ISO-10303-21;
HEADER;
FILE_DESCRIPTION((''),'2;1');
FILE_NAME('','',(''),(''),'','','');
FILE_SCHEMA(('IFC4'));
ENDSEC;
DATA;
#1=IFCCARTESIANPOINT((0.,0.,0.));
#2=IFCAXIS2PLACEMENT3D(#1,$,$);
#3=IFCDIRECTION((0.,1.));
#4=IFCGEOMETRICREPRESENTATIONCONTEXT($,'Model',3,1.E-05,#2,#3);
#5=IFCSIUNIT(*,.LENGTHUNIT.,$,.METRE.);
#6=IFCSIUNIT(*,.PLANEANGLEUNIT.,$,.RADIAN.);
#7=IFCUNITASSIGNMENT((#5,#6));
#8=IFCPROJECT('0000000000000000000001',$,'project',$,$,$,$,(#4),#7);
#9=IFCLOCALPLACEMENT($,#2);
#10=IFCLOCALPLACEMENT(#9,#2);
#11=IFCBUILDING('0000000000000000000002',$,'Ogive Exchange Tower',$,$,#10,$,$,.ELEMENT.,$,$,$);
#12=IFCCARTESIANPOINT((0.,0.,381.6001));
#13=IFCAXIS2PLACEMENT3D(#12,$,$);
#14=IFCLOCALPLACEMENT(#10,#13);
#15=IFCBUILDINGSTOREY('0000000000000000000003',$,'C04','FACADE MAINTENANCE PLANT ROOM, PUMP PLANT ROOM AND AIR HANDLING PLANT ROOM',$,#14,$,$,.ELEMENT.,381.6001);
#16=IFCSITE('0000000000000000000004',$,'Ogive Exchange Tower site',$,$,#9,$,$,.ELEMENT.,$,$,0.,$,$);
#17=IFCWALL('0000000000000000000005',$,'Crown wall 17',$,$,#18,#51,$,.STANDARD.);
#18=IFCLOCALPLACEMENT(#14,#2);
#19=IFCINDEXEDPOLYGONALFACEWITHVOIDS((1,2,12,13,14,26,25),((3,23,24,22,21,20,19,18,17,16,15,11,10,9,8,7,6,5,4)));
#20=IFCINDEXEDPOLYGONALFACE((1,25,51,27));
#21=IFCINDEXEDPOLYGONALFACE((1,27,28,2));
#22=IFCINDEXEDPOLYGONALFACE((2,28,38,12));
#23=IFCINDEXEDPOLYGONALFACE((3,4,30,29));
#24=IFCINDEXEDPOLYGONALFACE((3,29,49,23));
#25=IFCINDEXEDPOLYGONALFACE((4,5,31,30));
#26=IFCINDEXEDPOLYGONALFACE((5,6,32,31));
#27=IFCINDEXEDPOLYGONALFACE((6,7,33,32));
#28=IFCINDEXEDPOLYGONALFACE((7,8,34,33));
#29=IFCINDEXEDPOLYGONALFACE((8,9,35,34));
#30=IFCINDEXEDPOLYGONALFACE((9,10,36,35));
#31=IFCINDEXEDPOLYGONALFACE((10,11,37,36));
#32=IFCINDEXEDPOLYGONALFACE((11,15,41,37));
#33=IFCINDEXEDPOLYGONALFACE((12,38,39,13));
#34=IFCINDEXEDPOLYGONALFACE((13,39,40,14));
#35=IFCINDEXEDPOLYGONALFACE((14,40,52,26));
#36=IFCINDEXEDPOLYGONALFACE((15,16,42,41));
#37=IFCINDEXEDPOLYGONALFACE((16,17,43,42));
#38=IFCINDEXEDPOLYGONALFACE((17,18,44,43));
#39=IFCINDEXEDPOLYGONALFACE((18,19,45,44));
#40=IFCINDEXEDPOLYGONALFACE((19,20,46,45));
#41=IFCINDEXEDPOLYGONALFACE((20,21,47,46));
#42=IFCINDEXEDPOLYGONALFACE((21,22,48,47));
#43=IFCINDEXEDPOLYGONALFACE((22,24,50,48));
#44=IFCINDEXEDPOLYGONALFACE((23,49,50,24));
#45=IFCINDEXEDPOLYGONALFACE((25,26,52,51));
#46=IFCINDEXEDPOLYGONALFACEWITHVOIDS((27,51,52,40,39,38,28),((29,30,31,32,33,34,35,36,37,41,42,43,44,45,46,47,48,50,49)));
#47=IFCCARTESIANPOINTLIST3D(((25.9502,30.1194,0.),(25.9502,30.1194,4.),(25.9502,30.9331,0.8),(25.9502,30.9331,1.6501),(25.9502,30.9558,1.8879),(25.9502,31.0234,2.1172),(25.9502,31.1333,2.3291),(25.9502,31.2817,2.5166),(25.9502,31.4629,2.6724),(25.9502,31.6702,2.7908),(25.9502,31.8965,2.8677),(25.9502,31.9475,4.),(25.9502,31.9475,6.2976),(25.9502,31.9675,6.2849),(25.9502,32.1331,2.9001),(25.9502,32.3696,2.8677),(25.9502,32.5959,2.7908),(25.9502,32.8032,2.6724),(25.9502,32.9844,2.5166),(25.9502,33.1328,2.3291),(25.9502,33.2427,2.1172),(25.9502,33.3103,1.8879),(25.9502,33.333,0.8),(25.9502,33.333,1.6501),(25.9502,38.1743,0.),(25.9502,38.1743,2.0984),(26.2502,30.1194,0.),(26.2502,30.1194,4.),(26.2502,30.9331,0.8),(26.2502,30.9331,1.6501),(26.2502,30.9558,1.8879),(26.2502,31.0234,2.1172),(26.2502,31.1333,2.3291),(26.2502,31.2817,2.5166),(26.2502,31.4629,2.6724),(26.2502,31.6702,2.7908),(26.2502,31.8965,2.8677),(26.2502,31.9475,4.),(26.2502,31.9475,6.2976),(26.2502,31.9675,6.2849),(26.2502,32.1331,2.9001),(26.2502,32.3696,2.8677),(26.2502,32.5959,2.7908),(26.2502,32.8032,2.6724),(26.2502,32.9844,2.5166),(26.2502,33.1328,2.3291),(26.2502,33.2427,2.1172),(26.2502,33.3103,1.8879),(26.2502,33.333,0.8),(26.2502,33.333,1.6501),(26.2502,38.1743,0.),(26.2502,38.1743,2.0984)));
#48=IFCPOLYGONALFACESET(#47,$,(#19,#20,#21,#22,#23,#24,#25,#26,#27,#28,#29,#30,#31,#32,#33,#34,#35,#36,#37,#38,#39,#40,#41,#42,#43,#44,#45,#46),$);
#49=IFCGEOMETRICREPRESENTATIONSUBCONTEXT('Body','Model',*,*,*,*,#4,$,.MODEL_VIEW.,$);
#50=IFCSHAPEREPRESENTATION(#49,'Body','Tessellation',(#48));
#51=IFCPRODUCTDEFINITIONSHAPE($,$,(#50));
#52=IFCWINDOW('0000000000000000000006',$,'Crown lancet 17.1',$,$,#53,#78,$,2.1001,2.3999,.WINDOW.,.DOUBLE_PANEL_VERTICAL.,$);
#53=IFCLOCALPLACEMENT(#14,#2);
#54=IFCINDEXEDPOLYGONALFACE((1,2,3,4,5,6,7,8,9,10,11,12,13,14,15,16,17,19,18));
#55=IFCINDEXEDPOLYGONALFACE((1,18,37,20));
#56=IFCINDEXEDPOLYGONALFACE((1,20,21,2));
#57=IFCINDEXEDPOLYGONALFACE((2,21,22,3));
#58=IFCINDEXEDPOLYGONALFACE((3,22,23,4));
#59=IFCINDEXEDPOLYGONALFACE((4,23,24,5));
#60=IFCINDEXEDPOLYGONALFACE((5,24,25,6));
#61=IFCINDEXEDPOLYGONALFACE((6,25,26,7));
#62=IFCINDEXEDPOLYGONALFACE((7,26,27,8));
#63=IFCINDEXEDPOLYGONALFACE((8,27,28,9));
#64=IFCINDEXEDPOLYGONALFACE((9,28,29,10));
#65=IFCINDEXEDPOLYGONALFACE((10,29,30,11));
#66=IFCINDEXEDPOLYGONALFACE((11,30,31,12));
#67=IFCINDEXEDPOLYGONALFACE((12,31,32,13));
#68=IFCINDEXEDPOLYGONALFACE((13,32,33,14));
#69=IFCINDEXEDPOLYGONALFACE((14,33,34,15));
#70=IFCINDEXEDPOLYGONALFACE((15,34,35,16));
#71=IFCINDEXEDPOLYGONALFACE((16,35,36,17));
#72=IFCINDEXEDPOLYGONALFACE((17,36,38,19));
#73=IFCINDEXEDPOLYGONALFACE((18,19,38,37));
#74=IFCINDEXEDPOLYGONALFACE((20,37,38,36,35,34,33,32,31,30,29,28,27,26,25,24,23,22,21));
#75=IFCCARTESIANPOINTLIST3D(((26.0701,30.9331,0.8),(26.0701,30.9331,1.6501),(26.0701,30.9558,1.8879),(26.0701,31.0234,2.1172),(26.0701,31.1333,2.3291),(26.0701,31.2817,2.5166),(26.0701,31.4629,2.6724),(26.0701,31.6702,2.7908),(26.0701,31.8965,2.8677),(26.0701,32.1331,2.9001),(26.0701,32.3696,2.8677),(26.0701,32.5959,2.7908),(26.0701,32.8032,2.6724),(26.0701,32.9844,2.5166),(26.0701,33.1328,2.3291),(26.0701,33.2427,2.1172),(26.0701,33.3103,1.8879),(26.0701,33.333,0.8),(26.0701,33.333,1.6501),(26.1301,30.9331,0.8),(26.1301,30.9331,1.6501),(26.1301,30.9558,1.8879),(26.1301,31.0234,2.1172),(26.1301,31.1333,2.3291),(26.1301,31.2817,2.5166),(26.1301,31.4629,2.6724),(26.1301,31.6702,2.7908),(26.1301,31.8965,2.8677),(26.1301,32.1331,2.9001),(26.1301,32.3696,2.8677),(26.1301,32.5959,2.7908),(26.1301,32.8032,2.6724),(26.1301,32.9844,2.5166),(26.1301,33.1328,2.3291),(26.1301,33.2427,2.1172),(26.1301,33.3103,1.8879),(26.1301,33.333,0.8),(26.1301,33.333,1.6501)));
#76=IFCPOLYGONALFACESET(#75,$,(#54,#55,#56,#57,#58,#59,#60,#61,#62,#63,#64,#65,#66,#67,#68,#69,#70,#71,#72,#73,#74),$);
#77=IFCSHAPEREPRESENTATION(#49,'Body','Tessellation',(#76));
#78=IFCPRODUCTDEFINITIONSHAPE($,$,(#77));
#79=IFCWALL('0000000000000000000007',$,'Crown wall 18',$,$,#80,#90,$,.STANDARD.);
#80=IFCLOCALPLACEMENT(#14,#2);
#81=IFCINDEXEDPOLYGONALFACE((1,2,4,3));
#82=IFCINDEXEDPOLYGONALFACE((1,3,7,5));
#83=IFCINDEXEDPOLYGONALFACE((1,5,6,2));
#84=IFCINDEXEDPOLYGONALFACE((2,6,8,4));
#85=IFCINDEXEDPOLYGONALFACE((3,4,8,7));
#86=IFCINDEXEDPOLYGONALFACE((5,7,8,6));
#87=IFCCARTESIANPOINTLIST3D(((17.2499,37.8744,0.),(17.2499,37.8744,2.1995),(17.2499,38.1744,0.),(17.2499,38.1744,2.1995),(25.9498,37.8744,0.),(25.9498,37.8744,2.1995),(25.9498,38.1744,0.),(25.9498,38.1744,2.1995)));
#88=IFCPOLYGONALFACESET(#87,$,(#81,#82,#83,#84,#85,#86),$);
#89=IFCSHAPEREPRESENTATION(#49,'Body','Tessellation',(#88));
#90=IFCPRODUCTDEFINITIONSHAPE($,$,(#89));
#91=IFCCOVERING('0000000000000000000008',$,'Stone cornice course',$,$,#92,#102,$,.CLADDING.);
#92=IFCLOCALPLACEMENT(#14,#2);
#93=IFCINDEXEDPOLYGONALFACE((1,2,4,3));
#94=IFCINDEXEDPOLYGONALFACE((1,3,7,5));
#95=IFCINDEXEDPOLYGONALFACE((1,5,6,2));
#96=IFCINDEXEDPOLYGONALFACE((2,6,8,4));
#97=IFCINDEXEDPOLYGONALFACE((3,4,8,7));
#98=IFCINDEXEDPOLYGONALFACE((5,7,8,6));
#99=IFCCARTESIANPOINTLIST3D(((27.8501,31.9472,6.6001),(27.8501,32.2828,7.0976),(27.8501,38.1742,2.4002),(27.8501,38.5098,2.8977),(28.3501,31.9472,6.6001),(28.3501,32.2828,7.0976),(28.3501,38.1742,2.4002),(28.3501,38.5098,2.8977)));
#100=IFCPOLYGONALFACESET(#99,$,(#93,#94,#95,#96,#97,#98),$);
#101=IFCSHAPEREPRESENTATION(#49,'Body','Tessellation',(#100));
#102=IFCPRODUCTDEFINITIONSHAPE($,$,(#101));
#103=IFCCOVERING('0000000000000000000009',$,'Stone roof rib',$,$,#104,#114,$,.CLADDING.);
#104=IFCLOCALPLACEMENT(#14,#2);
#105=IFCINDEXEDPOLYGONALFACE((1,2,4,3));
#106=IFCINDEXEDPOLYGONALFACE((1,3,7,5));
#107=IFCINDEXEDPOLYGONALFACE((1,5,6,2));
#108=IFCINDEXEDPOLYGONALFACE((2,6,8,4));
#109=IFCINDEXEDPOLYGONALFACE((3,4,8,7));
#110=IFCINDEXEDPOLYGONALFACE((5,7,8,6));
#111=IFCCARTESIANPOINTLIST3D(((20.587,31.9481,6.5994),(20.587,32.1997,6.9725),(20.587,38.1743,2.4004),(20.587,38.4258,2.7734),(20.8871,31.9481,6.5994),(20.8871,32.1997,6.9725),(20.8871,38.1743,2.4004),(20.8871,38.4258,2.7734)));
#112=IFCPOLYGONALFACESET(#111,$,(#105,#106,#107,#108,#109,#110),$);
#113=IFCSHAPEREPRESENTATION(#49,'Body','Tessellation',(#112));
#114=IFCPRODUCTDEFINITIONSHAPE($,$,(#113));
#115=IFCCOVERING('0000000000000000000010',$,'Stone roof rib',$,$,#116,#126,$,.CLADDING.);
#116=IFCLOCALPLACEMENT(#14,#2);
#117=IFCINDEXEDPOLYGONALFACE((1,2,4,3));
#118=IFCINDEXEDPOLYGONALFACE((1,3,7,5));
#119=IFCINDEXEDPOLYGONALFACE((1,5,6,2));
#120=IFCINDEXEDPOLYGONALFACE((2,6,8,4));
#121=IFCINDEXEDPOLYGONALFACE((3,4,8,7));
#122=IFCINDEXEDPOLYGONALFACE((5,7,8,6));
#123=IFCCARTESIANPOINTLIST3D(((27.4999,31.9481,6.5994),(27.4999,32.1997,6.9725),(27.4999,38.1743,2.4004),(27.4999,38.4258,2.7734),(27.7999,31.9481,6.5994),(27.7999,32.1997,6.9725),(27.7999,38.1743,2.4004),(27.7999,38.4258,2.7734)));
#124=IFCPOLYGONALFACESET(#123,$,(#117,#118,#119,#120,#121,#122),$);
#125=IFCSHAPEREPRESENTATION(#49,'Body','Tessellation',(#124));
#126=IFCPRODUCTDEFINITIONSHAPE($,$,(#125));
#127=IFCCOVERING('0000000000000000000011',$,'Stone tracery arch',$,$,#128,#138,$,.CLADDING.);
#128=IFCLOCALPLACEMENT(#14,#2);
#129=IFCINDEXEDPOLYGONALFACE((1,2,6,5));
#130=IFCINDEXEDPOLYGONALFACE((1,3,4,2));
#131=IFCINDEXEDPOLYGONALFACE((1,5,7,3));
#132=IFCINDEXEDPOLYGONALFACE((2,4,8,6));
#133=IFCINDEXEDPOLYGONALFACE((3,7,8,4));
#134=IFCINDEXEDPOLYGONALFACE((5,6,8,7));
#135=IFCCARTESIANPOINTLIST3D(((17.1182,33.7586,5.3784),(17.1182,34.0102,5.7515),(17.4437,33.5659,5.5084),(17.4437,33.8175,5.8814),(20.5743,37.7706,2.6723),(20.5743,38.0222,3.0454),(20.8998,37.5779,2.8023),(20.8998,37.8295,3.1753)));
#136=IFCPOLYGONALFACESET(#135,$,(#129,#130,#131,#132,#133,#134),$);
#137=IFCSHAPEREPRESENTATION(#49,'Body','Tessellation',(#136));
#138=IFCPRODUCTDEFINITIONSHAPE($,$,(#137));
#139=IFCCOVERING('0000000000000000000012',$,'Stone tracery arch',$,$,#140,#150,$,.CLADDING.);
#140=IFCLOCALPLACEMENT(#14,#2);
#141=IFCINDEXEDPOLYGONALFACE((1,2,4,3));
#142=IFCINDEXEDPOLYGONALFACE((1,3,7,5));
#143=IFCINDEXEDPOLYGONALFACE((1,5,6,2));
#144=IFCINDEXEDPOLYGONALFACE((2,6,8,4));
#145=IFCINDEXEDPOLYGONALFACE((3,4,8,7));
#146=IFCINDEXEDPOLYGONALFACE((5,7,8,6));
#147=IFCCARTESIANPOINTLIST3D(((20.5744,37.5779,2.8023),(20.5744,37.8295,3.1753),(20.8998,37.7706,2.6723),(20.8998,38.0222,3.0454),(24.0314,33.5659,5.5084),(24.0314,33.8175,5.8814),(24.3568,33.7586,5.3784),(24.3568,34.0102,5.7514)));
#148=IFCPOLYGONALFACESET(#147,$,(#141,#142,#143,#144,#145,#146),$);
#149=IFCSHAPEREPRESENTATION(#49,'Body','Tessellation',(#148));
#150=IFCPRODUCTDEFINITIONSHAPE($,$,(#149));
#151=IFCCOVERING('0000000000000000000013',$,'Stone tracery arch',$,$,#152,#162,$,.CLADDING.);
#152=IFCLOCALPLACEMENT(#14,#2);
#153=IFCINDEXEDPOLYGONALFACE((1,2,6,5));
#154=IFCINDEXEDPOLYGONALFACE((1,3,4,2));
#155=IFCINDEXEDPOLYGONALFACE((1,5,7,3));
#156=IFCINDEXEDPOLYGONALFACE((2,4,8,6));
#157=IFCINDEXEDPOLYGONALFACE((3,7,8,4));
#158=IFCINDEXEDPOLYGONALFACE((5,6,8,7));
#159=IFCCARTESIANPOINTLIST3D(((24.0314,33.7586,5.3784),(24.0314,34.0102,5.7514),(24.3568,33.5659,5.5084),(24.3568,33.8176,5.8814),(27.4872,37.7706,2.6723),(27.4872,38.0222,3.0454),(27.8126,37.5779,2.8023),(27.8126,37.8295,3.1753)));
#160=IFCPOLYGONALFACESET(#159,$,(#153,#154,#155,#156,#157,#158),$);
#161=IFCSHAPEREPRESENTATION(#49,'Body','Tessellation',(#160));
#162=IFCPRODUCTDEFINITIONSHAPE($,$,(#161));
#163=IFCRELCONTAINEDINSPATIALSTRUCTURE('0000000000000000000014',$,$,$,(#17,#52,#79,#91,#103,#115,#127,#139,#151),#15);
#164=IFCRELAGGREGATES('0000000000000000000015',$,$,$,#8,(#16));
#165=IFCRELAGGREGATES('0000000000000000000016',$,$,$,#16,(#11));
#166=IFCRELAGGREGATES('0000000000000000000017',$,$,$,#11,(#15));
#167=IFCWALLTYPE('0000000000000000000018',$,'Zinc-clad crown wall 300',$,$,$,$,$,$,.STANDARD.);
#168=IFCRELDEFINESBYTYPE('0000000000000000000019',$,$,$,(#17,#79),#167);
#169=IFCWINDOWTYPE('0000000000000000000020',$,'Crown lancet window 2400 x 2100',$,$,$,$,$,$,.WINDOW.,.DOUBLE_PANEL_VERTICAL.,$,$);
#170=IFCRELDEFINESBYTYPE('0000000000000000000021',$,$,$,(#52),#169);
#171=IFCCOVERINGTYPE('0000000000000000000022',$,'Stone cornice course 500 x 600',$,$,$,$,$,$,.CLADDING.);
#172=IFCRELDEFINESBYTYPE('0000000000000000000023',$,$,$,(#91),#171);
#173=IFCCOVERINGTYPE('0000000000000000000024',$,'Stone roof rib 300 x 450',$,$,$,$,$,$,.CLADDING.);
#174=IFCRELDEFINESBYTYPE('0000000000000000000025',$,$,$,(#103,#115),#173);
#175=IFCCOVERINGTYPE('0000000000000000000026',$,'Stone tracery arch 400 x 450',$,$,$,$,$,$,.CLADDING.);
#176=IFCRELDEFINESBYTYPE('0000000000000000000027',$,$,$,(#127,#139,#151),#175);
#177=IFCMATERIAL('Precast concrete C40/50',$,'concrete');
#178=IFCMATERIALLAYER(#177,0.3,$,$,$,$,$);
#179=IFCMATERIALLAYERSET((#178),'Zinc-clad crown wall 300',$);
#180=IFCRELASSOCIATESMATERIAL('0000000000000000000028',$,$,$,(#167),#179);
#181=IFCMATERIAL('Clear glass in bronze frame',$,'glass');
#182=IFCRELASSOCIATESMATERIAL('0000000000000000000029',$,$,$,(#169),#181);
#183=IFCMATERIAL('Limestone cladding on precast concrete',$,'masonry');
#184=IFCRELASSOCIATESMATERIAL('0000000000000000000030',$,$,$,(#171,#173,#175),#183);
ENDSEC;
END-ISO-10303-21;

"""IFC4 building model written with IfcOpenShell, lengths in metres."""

from ifc_helpers import new_model, si_unit, direction, frame, frame_2d, origin, origin_2d, place, context, subcontext, project, spatial, polyline, rectangle, outline, extrude, material, layer, layer_set, material_profile, profile_set, type_object, element, fill, save


model = new_model("IFC4")

# Units and contexts
model_context = context("Model", 3, precision=1e-05, world=origin(), true_north=direction((0.0, 1.0)))
body_context = subcontext(model_context, "Body", "Model", "MODEL_VIEW")
ifc_project = project(units=[si_unit("LENGTHUNIT", "METRE"), si_unit("PLANEANGLEUNIT", "RADIAN")], contexts=[model_context])

# Site, building, storey
site_placement = place(None, origin())
site = spatial("IfcSite", under=ifc_project, at=site_placement, Name="Ogive Exchange Tower site", CompositionType="ELEMENT", RefElevation=0.0)
building_placement = place(site_placement, origin())
building = spatial("IfcBuilding", under=site, at=building_placement, Name="Ogive Exchange Tower", CompositionType="ELEMENT")
storey_placement = place(building_placement, frame((0.0, 0.0, 381.6001)))
storey = spatial("IfcBuildingStorey", under=building, at=storey_placement, Name="C04", Description="FACADE MAINTENANCE PLANT ROOM, PUMP PLANT ROOM AND AIR HANDLING PLANT ROOM", CompositionType="ELEMENT", Elevation=381.6001)

# Wall, opening, window
ifc_material_1 = material(Name="Precast concrete C40/50", Category="concrete")
ifc_layer_1 = layer(ifc_material_1, 0.3)
ifc_layer_set_1 = layer_set([ifc_layer_1], Name="Zinc-clad crown wall 300")
wall_type_1 = type_object("IfcWallType", Name="Zinc-clad crown wall 300", PredefinedType="STANDARD", material=ifc_layer_set_1)
wall_1_placement = place(storey_placement, frame((26.1001, 30.1194, 0.0), z_axis=(0.0, 0.0, 1.0), x_axis=(0.0, 1.0, 0.0)))
wall_1 = element("IfcWall", 1, at=wall_1_placement, inside=storey, type_object=wall_type_1, Name="Crown wall 17", PredefinedType="STANDARD", context=body_context, shape_type="SweptSolid", body=[
    extrude(outline(polyline([(0.0, 0.0), (8.0549, 0.0), (8.0549, 2.0984), (5.2356, 4.0), (1.8481, 6.2849), (1.8281, 6.2976), (1.8281, 4.0), (0.0, 4.0), (0.0, 0.0)])), frame((0.0, 0.1499, 0.0), z_axis=(0.0, -1.0, 0.0), x_axis=(1.0, 0.0, 0.0)), (0.0, 0.0, 1.0), 0.3),
])
opening_1_placement = place(wall_1_placement, frame((0.8137, 0.0, 0.8)))
opening_1 = element("IfcOpeningElement", 2, at=opening_1_placement, cuts=wall_1, PredefinedType="OPENING", context=body_context, shape_type="SweptSolid", body=[
    extrude(outline(polyline([(0.0, 0.0), (2.3999, 0.0), (2.3999, 0.8501), (2.3772, 1.0879), (2.3096, 1.3171), (2.1997, 1.5291), (2.0513, 1.7166), (1.8701, 1.8723), (1.6628, 1.9907), (1.4365, 2.0676), (1.2, 2.1001), (0.9634, 2.0676), (0.7371, 1.9907), (0.5298, 1.8723), (0.3486, 1.7166), (0.2002, 1.5291), (0.0903, 1.3171), (0.0227, 1.0879), (0.0, 0.8501), (0.0, 0.0)])), frame((0.0, 0.1599, 0.0), z_axis=(0.0, -1.0, 0.0), x_axis=(1.0, 0.0, 0.0)), (0.0, 0.0, 1.0), 0.3201),
])
ifc_material_2 = material(Name="Clear glass in bronze frame", Category="glass")
window_type = type_object("IfcWindowType", Name="Crown lancet window 2400 x 2100", PartitioningType="DOUBLE_PANEL_VERTICAL", PredefinedType="WINDOW", material=ifc_material_2)
window_placement = place(opening_1_placement, origin())
window = element("IfcWindow", 3, at=window_placement, inside=storey, type_object=window_type, Name="Crown lancet 17.1", OverallHeight=2.1001, OverallWidth=2.3999, PartitioningType="DOUBLE_PANEL_VERTICAL", PredefinedType="WINDOW", context=body_context, shape_type="SweptSolid", body=[
    extrude(outline(polyline([(0.0, 0.0), (2.3999, 0.0), (2.3999, 0.8501), (2.3772, 1.0879), (2.3096, 1.3171), (2.1997, 1.5291), (2.0513, 1.7166), (1.8701, 1.8723), (1.6628, 1.9907), (1.4365, 2.0676), (1.2, 2.1001), (0.9634, 2.0676), (0.7371, 1.9907), (0.5298, 1.8723), (0.3486, 1.7166), (0.2002, 1.5291), (0.0903, 1.3171), (0.0227, 1.0879), (0.0, 0.8501), (0.0, 0.0)])), frame((0.0, 0.03, 0.0), z_axis=(0.0, -1.0, 0.0), x_axis=(1.0, 0.0, 0.0)), (0.0, 0.0, 1.0), 0.0601),
])
fill(opening_1, window)

# Wall
wall_2_placement = place(storey_placement, frame((25.95, 38.0244, 0.0), z_axis=(0.0, 0.0, 1.0), x_axis=(-1.0, 0.0, 0.0)))
element("IfcWall", 4, at=wall_2_placement, inside=storey, type_object=wall_type_1, Name="Crown wall 18", PredefinedType="STANDARD", context=body_context, shape_type="SweptSolid", body=[
    extrude(rectangle(XDim=8.7, YDim=0.3, at=frame_2d((4.3501, 0.0))), origin(), (0.0, 0.0, 1.0), 2.1995),
])

# Coverings
ifc_material_3 = material(Name="Limestone cladding on precast concrete", Category="masonry")
ifc_material_profile_1 = material_profile(ifc_material_3, rectangle(XDim=0.5, YDim=0.6001, at=origin_2d()), Name="CORNICE 500 x 600")
ifc_profile_set_1 = profile_set([ifc_material_profile_1], Name="Limestone cladding on precast concrete")
covering_type_1 = type_object("IfcCoveringType", Name="Stone cornice course 500 x 600", PredefinedType="CLADDING", material=ifc_profile_set_1)
covering_1_placement = place(storey_placement, frame((28.1001, 32.115, 6.8489), z_axis=(0.0, 0.829053, -0.55917), x_axis=(-1.0, 0.0, 0.0)))
element("IfcCovering", 5, at=covering_1_placement, inside=storey, type_object=covering_type_1, Name="Stone cornice course", PredefinedType="CLADDING", context=body_context, shape_type="SweptSolid", body=[
    extrude(rectangle(XDim=0.5, YDim=0.6001, at=origin_2d()), origin(), (0.0, 0.0, 1.0), 7.511),
])
ifc_material_profile_2 = material_profile(ifc_material_3, rectangle(XDim=0.3, YDim=0.45, at=origin_2d()), Name="RIB 300 x 450")
ifc_profile_set_2 = profile_set([ifc_material_profile_2], Name="Limestone cladding on precast concrete")
covering_type_2 = type_object("IfcCoveringType", Name="Stone roof rib 300 x 450", PredefinedType="CLADDING", material=ifc_profile_set_2)
for number, where, z_axis, x_axis, name in (
    (6, (20.7371, 38.3, 2.5869), (0.0, -0.829072, 0.559141), (1.0, 0.0, 0.0), "Stone roof rib"),
    (7, (27.6499, 38.3, 2.5869), (0.0, -0.829072, 0.559141), (1.0, 0.0, 0.0), "Stone roof rib"),
):
    element("IfcCovering", number, at=place(storey_placement, frame(where, z_axis=z_axis, x_axis=x_axis)), inside=storey, type_object=covering_type_2, Name=name, PredefinedType="CLADDING", context=body_context, shape_type="SweptSolid", body=[
        extrude(rectangle(XDim=0.3, YDim=0.45, at=origin_2d()), origin(), (0.0, 0.0, 1.0), 7.5098),
    ])
ifc_material_profile_3 = material_profile(ifc_material_3, rectangle(XDim=0.3999, YDim=0.45, at=origin_2d()), Name="TRACERY 400 x 450")
ifc_profile_set_3 = profile_set([ifc_material_profile_3], Name="Limestone cladding on precast concrete")
covering_type_3 = type_object("IfcCoveringType", Name="Stone tracery arch 400 x 450", PredefinedType="CLADDING", material=ifc_profile_set_3)
covering_2_placement = place(storey_placement, frame((20.7371, 37.8, 2.9238), z_axis=(-0.581175, -0.674657, 0.455054), x_axis=(0.813779, -0.48182, 0.324982)))
element("IfcCovering", 8, at=covering_2_placement, inside=storey, type_object=covering_type_3, Name="Stone tracery arch", PredefinedType="CLADDING", context=body_context, shape_type="SweptSolid", body=[
    extrude(rectangle(XDim=0.3999, YDim=0.45, at=origin_2d()), origin(), (0.0, 0.0, 1.0), 5.9468),
])
covering_3_placement = place(storey_placement, frame((20.7371, 37.8, 2.9238), z_axis=(0.581283, -0.674593, 0.45501), x_axis=(0.813701, 0.481926, -0.325019)))
element("IfcCovering", 9, at=covering_3_placement, inside=storey, type_object=covering_type_3, Name="Stone tracery arch", PredefinedType="CLADDING", context=body_context, shape_type="SweptSolid", body=[
    extrude(rectangle(XDim=0.3999, YDim=0.45, at=origin_2d()), origin(), (0.0, 0.0, 1.0), 5.9473),
])
covering_4_placement = place(storey_placement, frame((27.6499, 37.8, 2.9238), z_axis=(-0.581148, -0.674673, 0.455065), x_axis=(0.813798, -0.481769, 0.325009)))
element("IfcCovering", 10, at=covering_4_placement, inside=storey, type_object=covering_type_3, Name="Stone tracery arch", PredefinedType="CLADDING", context=body_context, shape_type="SweptSolid", body=[
    extrude(rectangle(XDim=0.3999, YDim=0.45, at=origin_2d()), origin(), (0.0, 0.0, 1.0), 5.9465),
])

save(model, "model.ifc")
